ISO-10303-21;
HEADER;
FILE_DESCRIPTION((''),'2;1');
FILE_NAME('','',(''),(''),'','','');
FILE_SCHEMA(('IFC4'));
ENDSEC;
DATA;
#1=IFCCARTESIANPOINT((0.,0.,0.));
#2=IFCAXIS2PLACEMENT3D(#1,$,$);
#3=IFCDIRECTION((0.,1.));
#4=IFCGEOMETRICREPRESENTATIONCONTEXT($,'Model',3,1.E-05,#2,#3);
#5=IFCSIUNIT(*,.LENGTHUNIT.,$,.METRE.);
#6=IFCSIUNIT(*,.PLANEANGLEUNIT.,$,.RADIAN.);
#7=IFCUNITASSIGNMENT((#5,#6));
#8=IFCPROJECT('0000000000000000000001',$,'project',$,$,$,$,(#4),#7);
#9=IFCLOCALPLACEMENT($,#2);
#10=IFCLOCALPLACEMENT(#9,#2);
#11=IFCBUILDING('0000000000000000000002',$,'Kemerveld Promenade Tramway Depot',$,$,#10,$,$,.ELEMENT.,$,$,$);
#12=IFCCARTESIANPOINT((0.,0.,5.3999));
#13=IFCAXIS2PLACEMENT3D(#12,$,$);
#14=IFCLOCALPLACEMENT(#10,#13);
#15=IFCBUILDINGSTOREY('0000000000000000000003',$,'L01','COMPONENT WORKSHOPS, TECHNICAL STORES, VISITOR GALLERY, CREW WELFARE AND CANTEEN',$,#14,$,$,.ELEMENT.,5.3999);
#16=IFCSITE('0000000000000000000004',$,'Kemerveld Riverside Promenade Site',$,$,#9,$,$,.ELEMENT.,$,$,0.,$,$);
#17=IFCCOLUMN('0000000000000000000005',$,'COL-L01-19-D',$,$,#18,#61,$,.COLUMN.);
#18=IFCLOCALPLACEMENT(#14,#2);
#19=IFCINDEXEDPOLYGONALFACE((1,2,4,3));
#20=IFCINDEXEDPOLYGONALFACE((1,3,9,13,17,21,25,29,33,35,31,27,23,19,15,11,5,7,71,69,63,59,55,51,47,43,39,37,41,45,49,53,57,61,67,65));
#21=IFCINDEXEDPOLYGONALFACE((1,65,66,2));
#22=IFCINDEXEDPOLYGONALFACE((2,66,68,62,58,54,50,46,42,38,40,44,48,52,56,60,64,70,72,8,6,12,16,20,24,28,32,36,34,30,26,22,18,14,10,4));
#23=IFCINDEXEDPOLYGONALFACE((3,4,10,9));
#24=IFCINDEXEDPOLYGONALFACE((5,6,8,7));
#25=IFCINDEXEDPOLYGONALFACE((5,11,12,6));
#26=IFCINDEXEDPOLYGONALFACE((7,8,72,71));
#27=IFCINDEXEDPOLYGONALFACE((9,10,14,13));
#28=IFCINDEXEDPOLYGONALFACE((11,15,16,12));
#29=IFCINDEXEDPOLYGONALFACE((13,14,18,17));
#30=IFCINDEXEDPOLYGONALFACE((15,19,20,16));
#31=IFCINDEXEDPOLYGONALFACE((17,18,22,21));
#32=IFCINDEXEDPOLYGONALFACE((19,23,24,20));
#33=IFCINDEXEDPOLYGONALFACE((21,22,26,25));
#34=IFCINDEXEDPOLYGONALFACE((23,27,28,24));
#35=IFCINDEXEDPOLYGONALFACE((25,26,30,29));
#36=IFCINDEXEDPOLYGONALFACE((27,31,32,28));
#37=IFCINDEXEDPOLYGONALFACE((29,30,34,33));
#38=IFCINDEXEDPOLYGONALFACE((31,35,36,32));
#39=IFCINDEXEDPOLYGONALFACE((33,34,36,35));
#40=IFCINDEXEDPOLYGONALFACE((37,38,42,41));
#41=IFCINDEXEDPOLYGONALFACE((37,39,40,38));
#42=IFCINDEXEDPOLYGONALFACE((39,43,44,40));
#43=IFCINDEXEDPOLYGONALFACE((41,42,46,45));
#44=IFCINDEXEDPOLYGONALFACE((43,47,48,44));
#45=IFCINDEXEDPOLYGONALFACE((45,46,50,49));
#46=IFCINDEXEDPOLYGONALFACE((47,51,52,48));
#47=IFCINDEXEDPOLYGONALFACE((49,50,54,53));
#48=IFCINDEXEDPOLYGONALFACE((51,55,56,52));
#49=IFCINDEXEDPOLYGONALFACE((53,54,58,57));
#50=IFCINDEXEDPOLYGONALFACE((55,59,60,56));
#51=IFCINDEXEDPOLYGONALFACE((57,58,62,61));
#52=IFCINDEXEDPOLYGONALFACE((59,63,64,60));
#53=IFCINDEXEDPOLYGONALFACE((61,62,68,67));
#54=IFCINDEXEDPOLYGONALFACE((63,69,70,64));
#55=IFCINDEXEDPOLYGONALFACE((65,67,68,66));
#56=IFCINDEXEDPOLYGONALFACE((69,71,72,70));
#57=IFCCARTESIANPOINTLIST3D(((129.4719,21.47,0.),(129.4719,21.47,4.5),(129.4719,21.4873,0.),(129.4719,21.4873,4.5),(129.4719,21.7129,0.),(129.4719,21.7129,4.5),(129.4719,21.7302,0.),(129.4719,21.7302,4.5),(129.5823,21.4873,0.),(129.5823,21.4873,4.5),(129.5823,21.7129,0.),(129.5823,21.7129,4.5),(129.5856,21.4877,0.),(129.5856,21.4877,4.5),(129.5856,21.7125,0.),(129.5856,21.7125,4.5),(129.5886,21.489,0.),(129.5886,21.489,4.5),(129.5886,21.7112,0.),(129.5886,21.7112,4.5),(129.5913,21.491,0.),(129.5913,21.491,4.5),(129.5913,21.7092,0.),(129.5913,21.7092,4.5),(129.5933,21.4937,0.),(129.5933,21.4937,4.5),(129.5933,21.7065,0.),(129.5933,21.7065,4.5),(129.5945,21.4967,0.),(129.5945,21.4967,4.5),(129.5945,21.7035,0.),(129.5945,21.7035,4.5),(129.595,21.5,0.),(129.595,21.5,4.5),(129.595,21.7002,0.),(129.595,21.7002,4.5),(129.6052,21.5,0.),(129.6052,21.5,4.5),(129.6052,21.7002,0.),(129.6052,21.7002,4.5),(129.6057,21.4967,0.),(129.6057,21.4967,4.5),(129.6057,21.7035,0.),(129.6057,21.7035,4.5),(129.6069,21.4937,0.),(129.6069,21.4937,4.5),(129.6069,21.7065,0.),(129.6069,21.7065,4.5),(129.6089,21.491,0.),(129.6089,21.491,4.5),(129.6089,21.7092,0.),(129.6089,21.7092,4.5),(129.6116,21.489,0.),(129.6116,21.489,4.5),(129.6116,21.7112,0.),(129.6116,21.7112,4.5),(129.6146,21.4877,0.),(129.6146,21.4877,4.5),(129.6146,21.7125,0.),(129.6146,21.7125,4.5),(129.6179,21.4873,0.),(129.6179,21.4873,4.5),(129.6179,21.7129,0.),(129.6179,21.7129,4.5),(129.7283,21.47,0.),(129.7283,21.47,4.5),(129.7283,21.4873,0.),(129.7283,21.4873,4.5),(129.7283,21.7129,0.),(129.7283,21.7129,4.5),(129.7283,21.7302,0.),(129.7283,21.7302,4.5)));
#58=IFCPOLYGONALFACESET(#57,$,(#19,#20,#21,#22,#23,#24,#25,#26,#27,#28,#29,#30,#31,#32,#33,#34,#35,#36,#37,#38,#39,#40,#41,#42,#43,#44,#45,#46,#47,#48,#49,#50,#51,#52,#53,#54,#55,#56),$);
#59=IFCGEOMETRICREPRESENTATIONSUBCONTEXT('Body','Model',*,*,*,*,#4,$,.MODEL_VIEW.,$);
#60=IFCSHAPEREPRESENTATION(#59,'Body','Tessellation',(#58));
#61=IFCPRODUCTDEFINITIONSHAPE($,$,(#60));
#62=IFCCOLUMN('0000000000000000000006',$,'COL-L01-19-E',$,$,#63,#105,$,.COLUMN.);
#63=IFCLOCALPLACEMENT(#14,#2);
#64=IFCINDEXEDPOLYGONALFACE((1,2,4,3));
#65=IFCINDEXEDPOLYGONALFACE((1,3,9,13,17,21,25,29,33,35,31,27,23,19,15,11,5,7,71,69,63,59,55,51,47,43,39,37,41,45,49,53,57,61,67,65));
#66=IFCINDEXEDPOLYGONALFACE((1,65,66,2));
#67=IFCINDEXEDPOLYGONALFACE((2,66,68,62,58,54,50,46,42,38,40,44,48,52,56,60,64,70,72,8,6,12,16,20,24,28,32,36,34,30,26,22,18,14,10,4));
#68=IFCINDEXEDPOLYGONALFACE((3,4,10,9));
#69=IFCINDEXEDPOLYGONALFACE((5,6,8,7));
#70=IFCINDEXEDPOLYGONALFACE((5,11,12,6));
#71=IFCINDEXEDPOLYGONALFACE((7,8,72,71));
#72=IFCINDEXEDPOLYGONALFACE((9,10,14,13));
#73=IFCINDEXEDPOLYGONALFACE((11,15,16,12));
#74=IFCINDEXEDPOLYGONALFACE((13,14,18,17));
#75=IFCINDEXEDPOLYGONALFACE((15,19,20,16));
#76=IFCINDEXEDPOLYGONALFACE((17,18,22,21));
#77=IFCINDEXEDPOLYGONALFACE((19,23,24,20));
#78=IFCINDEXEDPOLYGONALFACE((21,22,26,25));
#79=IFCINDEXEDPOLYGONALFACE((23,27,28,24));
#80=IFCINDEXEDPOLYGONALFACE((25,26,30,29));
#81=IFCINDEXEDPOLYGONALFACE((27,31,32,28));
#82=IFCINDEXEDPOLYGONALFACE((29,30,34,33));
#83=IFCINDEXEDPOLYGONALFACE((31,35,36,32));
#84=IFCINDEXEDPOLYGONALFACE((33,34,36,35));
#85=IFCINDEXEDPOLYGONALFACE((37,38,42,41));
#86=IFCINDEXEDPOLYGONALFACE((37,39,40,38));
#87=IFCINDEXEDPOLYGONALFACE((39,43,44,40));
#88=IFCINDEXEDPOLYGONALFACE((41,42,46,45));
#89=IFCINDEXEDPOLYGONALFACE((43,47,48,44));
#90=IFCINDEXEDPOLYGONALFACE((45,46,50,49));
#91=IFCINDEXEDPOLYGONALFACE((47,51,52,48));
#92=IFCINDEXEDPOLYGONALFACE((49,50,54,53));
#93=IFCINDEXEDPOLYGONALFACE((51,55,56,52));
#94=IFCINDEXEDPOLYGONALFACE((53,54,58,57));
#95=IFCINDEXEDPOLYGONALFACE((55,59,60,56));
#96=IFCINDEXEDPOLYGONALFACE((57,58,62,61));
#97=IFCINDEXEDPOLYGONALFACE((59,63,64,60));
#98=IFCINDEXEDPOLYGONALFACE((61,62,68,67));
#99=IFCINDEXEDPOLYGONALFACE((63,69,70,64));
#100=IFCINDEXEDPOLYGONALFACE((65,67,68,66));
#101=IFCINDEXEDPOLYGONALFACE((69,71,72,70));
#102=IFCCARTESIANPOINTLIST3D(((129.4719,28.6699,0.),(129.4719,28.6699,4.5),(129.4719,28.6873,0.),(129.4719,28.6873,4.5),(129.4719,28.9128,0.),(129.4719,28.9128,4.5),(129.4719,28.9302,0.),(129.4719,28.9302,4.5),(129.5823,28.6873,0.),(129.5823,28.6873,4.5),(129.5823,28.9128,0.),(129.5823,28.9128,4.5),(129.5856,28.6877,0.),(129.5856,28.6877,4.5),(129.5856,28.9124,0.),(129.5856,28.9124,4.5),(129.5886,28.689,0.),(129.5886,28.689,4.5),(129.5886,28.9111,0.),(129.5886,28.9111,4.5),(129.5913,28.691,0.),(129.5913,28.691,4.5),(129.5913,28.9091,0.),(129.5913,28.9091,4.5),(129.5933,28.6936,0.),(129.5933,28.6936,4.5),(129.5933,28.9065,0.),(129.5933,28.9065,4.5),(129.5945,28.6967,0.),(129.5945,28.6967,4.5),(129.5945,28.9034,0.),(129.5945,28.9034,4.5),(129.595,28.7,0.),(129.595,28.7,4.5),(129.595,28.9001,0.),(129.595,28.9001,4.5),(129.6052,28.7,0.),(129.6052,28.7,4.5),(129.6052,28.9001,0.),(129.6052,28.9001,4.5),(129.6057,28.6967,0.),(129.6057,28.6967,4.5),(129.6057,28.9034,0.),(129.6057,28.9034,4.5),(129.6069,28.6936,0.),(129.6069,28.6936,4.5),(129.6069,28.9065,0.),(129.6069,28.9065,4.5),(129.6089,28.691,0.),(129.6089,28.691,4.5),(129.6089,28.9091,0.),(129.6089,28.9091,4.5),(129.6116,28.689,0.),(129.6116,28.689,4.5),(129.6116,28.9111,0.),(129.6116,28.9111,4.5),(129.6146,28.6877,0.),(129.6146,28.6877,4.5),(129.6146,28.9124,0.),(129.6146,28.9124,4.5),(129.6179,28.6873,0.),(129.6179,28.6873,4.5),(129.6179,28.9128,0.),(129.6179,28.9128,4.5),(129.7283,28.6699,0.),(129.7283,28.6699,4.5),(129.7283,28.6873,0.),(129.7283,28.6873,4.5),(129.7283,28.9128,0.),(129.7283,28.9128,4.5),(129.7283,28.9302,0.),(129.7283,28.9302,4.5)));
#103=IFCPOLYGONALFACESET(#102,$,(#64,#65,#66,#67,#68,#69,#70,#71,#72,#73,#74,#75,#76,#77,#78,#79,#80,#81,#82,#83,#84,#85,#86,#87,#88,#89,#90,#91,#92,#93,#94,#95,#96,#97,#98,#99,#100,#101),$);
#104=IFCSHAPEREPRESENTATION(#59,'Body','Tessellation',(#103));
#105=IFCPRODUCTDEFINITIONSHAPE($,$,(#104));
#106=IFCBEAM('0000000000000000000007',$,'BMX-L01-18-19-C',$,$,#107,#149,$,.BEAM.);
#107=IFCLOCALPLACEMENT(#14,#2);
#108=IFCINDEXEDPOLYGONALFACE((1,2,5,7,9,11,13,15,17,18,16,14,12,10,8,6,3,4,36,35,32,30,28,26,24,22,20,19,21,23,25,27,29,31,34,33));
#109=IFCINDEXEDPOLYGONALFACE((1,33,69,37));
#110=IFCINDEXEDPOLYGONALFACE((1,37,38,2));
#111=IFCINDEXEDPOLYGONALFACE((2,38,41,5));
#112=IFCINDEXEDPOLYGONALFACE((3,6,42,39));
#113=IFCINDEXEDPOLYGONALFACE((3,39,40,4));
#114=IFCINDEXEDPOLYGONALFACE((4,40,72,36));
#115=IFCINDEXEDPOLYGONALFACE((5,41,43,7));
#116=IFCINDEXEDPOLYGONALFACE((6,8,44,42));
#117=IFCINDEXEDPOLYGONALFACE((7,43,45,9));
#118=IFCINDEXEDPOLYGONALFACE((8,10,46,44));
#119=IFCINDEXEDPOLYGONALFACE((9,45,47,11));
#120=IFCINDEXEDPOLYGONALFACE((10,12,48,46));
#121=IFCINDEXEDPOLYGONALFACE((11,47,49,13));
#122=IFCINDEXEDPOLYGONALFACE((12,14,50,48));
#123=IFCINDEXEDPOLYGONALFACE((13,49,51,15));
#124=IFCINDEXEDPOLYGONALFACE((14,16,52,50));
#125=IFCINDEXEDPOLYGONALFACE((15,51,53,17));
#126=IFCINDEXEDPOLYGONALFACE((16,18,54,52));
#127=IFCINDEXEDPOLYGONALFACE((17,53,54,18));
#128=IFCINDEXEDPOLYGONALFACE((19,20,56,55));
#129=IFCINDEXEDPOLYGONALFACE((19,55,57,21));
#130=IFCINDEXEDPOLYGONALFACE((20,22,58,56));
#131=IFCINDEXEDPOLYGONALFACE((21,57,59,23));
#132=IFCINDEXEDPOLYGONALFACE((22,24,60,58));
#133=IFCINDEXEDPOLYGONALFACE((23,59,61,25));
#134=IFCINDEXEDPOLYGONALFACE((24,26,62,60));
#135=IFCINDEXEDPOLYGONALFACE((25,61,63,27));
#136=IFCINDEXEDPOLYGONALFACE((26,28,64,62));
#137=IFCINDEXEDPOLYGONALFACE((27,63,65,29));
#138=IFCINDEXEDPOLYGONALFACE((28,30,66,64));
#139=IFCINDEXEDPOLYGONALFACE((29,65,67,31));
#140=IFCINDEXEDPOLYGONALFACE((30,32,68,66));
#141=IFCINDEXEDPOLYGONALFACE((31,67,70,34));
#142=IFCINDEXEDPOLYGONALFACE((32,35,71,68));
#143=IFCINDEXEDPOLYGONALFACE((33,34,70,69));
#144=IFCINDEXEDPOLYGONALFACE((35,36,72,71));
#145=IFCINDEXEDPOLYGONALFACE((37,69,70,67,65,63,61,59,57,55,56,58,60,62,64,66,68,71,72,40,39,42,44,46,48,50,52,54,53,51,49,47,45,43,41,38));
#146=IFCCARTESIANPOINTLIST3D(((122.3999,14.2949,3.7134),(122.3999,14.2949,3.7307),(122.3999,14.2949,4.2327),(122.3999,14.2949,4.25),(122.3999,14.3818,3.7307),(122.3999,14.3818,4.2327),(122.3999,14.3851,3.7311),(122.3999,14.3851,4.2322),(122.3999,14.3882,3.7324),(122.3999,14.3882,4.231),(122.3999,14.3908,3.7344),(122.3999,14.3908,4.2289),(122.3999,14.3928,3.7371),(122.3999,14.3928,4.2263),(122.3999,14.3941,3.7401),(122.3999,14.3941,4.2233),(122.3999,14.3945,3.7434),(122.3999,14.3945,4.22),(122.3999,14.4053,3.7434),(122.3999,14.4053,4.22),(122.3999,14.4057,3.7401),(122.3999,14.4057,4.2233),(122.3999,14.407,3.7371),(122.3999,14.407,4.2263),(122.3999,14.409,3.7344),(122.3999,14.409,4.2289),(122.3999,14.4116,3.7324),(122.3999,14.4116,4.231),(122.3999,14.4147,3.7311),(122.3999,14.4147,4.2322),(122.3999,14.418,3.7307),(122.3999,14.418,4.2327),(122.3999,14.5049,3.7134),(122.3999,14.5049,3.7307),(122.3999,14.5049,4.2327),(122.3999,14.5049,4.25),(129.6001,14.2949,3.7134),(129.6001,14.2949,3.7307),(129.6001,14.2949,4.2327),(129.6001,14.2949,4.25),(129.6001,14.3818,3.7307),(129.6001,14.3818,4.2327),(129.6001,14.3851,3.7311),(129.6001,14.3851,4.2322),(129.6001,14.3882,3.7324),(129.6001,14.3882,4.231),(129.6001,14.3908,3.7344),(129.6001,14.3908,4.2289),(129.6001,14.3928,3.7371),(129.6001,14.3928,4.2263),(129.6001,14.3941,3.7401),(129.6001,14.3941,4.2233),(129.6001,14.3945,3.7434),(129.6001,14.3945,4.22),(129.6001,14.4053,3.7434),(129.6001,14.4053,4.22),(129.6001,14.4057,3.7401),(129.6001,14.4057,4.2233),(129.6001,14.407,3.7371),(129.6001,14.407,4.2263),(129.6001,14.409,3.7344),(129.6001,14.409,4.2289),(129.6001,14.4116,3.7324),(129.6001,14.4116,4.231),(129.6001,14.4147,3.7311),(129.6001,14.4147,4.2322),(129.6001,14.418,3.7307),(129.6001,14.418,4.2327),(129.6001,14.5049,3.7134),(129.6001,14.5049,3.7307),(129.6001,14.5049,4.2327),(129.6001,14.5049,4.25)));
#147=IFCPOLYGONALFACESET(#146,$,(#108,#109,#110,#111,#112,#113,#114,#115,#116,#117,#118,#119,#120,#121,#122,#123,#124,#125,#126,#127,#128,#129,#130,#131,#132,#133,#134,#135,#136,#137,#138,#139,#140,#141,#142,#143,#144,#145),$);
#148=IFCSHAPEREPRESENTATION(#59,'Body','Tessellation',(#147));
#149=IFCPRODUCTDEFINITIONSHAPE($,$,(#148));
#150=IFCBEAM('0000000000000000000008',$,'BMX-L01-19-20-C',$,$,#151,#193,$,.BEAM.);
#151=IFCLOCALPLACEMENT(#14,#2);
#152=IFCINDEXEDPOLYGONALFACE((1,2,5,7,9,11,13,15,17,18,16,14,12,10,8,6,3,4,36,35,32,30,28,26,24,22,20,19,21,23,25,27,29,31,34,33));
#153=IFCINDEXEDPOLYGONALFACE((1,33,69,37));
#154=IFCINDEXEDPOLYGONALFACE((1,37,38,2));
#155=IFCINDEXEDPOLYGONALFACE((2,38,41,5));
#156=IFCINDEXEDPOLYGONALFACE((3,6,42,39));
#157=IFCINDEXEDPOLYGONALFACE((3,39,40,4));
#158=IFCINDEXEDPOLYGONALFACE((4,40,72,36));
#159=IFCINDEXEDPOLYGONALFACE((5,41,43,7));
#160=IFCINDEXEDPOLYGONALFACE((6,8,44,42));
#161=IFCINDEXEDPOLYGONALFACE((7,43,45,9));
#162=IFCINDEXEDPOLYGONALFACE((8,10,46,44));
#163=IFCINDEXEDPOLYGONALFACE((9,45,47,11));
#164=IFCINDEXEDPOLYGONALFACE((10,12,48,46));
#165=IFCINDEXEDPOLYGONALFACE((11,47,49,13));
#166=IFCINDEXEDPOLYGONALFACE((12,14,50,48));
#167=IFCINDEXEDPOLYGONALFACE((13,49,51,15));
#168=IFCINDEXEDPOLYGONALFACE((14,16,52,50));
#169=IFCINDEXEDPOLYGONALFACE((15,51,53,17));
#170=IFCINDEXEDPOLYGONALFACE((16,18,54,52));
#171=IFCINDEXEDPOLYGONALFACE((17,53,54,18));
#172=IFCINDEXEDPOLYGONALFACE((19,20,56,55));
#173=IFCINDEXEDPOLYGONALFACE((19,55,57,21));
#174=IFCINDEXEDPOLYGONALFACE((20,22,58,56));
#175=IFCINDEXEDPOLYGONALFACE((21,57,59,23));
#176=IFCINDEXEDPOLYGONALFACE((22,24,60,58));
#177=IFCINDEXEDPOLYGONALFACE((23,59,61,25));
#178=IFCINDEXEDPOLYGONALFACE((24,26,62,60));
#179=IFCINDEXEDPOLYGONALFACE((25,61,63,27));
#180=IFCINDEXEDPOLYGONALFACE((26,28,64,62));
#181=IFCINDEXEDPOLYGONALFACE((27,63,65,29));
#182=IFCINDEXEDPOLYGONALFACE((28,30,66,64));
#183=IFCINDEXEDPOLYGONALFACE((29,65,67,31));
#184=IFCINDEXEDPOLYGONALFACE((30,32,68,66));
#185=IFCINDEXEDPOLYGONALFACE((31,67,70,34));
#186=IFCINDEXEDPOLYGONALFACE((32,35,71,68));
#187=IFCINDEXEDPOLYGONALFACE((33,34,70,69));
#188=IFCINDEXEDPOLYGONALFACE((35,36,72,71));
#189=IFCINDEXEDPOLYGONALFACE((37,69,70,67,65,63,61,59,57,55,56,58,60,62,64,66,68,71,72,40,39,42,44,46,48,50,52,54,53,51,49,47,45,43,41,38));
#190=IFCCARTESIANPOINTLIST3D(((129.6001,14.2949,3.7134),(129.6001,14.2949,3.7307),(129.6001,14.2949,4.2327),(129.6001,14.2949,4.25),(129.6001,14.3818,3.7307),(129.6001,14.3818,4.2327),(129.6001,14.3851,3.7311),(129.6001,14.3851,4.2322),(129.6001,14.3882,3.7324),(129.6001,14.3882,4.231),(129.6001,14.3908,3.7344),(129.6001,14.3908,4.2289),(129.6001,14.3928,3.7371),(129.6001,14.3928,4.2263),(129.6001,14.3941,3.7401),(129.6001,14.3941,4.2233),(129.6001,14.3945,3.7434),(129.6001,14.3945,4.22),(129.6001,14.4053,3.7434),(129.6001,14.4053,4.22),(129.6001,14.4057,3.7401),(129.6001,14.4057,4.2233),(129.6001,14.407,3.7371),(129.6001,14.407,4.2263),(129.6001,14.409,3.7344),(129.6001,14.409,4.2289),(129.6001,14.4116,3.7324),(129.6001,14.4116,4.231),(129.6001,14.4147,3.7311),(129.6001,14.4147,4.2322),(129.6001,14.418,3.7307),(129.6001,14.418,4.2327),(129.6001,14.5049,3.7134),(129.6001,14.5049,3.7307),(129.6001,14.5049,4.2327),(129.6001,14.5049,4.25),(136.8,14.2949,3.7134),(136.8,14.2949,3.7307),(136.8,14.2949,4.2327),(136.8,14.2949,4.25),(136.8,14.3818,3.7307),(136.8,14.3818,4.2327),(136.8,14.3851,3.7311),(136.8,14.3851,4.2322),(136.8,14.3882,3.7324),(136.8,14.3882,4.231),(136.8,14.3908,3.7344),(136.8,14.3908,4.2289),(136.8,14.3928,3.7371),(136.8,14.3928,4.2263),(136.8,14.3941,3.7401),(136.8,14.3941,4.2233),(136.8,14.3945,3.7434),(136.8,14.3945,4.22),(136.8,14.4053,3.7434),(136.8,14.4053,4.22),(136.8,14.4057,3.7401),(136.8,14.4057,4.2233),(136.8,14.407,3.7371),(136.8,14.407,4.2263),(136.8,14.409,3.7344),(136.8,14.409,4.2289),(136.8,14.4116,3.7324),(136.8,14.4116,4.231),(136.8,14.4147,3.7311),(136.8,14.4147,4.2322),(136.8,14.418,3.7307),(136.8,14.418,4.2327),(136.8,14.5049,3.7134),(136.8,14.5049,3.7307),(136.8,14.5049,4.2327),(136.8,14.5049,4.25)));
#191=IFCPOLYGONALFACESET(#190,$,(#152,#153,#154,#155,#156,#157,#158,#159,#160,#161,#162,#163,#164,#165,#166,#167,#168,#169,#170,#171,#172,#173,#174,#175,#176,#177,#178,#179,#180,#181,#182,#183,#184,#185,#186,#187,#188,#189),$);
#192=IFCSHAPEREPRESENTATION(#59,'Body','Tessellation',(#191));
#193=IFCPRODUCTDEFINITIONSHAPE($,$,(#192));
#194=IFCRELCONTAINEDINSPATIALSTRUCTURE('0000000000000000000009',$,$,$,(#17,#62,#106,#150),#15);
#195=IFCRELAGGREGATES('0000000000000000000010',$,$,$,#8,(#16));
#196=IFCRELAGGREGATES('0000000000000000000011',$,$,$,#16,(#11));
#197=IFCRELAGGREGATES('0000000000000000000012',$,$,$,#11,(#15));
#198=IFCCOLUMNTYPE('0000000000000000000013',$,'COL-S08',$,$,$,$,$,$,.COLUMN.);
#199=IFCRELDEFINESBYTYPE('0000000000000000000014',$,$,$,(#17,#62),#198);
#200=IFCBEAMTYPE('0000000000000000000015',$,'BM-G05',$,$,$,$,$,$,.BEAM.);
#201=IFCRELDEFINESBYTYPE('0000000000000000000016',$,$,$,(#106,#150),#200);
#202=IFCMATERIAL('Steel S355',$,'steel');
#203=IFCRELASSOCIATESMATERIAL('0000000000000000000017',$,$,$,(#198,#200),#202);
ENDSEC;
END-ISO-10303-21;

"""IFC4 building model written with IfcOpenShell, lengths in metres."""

from ifc_helpers import new_model, si_unit, direction, frame, origin, origin_2d, place, context, subcontext, project, spatial, i_section, extrude, material, material_profile, profile_set, type_object, element, save


model = new_model("IFC4")

# Units and contexts
model_context = context("Model", 3, precision=1e-05, world=origin(), true_north=direction((0.0, 1.0)))
body_context = subcontext(model_context, "Body", "Model", "MODEL_VIEW")
ifc_project = project(units=[si_unit("LENGTHUNIT", "METRE"), si_unit("PLANEANGLEUNIT", "RADIAN")], contexts=[model_context])

# Site, building, storey
site_placement = place(None, origin())
site = spatial("IfcSite", under=ifc_project, at=site_placement, Name="Kemerveld Riverside Promenade Site", CompositionType="ELEMENT", RefElevation=0.0)
building_placement = place(site_placement, origin())
building = spatial("IfcBuilding", under=site, at=building_placement, Name="Kemerveld Promenade Tramway Depot", CompositionType="ELEMENT")
storey_placement = place(building_placement, frame((0.0, 0.0, 5.3999)))
storey = spatial("IfcBuildingStorey", under=building, at=storey_placement, Name="L01", Description="COMPONENT WORKSHOPS, TECHNICAL STORES, VISITOR GALLERY, CREW WELFARE AND CANTEEN", CompositionType="ELEMENT", Elevation=5.3999)

# Columns
ifc_material_1 = material(Name="Steel S355", Category="steel")
ifc_material_profile_1 = material_profile(ifc_material_1, i_section(OverallWidth=0.2563, OverallDepth=0.2603, WebThickness=0.0103, FlangeThickness=0.0173, FilletRadius=0.0127, at=origin_2d()), Name="254x254x89 UC")
ifc_profile_set_1 = profile_set([ifc_material_profile_1], Name="Steel S355")
column_type = type_object("IfcColumnType", Name="COL-S08", PredefinedType="COLUMN", material=ifc_profile_set_1)
for number, where, z_axis, x_axis, name in (
    (1, (129.6001, 21.6001, 0.0), (0.0, 0.0, 1.0), (1.0, 0.0, 0.0), "COL-L01-19-D"),
    (2, (129.6001, 28.8, 0.0), (0.0, 0.0, 1.0), (1.0, 0.0, 0.0), "COL-L01-19-E"),
):
    element("IfcColumn", number, at=place(storey_placement, frame(where, z_axis=z_axis, x_axis=x_axis)), inside=storey, type_object=column_type, Name=name, PredefinedType="COLUMN", context=body_context, shape_type="SweptSolid", body=[
        extrude(i_section(OverallWidth=0.2563, OverallDepth=0.2603, WebThickness=0.0103, FlangeThickness=0.0173, FilletRadius=0.0127, at=origin_2d()), origin(), (0.0, 0.0, 1.0), 4.5),
    ])

# Beams
ifc_material_profile_2 = material_profile(ifc_material_1, i_section(OverallWidth=0.21, OverallDepth=0.5366, WebThickness=0.0107, FlangeThickness=0.0173, FilletRadius=0.0127, at=origin_2d()), Name="533x210x101 UB")
ifc_profile_set_2 = profile_set([ifc_material_profile_2], Name="Steel S355")
beam_type_1 = type_object("IfcBeamType", Name="BM-G05", PredefinedType="BEAM", material=ifc_profile_set_2)
beam_1_placement = place(storey_placement, frame((122.3999, 14.3999, 3.9817), z_axis=(1.0, 0.0, 0.0), x_axis=(0.0, 1.0, 0.0)))
element("IfcBeam", 3, at=beam_1_placement, inside=storey, type_object=beam_type_1, Name="BMX-L01-18-19-C", PredefinedType="BEAM", context=body_context, shape_type="SweptSolid", body=[
    extrude(i_section(OverallWidth=0.21, OverallDepth=0.5366, WebThickness=0.0107, FlangeThickness=0.0173, FilletRadius=0.0127, at=origin_2d()), origin(), (0.0, 0.0, 1.0), 7.2002),
])
beam_2_placement = place(storey_placement, frame((129.6001, 14.3999, 3.9817), z_axis=(1.0, 0.0, 0.0), x_axis=(0.0, 1.0, 0.0)))
element("IfcBeam", 4, at=beam_2_placement, inside=storey, type_object=beam_type_1, Name="BMX-L01-19-20-C", PredefinedType="BEAM", context=body_context, shape_type="SweptSolid", body=[
    extrude(i_section(OverallWidth=0.21, OverallDepth=0.5366, WebThickness=0.0107, FlangeThickness=0.0173, FilletRadius=0.0127, at=origin_2d()), origin(), (0.0, 0.0, 1.0), 7.2),
])

save(model, "model.ifc")
